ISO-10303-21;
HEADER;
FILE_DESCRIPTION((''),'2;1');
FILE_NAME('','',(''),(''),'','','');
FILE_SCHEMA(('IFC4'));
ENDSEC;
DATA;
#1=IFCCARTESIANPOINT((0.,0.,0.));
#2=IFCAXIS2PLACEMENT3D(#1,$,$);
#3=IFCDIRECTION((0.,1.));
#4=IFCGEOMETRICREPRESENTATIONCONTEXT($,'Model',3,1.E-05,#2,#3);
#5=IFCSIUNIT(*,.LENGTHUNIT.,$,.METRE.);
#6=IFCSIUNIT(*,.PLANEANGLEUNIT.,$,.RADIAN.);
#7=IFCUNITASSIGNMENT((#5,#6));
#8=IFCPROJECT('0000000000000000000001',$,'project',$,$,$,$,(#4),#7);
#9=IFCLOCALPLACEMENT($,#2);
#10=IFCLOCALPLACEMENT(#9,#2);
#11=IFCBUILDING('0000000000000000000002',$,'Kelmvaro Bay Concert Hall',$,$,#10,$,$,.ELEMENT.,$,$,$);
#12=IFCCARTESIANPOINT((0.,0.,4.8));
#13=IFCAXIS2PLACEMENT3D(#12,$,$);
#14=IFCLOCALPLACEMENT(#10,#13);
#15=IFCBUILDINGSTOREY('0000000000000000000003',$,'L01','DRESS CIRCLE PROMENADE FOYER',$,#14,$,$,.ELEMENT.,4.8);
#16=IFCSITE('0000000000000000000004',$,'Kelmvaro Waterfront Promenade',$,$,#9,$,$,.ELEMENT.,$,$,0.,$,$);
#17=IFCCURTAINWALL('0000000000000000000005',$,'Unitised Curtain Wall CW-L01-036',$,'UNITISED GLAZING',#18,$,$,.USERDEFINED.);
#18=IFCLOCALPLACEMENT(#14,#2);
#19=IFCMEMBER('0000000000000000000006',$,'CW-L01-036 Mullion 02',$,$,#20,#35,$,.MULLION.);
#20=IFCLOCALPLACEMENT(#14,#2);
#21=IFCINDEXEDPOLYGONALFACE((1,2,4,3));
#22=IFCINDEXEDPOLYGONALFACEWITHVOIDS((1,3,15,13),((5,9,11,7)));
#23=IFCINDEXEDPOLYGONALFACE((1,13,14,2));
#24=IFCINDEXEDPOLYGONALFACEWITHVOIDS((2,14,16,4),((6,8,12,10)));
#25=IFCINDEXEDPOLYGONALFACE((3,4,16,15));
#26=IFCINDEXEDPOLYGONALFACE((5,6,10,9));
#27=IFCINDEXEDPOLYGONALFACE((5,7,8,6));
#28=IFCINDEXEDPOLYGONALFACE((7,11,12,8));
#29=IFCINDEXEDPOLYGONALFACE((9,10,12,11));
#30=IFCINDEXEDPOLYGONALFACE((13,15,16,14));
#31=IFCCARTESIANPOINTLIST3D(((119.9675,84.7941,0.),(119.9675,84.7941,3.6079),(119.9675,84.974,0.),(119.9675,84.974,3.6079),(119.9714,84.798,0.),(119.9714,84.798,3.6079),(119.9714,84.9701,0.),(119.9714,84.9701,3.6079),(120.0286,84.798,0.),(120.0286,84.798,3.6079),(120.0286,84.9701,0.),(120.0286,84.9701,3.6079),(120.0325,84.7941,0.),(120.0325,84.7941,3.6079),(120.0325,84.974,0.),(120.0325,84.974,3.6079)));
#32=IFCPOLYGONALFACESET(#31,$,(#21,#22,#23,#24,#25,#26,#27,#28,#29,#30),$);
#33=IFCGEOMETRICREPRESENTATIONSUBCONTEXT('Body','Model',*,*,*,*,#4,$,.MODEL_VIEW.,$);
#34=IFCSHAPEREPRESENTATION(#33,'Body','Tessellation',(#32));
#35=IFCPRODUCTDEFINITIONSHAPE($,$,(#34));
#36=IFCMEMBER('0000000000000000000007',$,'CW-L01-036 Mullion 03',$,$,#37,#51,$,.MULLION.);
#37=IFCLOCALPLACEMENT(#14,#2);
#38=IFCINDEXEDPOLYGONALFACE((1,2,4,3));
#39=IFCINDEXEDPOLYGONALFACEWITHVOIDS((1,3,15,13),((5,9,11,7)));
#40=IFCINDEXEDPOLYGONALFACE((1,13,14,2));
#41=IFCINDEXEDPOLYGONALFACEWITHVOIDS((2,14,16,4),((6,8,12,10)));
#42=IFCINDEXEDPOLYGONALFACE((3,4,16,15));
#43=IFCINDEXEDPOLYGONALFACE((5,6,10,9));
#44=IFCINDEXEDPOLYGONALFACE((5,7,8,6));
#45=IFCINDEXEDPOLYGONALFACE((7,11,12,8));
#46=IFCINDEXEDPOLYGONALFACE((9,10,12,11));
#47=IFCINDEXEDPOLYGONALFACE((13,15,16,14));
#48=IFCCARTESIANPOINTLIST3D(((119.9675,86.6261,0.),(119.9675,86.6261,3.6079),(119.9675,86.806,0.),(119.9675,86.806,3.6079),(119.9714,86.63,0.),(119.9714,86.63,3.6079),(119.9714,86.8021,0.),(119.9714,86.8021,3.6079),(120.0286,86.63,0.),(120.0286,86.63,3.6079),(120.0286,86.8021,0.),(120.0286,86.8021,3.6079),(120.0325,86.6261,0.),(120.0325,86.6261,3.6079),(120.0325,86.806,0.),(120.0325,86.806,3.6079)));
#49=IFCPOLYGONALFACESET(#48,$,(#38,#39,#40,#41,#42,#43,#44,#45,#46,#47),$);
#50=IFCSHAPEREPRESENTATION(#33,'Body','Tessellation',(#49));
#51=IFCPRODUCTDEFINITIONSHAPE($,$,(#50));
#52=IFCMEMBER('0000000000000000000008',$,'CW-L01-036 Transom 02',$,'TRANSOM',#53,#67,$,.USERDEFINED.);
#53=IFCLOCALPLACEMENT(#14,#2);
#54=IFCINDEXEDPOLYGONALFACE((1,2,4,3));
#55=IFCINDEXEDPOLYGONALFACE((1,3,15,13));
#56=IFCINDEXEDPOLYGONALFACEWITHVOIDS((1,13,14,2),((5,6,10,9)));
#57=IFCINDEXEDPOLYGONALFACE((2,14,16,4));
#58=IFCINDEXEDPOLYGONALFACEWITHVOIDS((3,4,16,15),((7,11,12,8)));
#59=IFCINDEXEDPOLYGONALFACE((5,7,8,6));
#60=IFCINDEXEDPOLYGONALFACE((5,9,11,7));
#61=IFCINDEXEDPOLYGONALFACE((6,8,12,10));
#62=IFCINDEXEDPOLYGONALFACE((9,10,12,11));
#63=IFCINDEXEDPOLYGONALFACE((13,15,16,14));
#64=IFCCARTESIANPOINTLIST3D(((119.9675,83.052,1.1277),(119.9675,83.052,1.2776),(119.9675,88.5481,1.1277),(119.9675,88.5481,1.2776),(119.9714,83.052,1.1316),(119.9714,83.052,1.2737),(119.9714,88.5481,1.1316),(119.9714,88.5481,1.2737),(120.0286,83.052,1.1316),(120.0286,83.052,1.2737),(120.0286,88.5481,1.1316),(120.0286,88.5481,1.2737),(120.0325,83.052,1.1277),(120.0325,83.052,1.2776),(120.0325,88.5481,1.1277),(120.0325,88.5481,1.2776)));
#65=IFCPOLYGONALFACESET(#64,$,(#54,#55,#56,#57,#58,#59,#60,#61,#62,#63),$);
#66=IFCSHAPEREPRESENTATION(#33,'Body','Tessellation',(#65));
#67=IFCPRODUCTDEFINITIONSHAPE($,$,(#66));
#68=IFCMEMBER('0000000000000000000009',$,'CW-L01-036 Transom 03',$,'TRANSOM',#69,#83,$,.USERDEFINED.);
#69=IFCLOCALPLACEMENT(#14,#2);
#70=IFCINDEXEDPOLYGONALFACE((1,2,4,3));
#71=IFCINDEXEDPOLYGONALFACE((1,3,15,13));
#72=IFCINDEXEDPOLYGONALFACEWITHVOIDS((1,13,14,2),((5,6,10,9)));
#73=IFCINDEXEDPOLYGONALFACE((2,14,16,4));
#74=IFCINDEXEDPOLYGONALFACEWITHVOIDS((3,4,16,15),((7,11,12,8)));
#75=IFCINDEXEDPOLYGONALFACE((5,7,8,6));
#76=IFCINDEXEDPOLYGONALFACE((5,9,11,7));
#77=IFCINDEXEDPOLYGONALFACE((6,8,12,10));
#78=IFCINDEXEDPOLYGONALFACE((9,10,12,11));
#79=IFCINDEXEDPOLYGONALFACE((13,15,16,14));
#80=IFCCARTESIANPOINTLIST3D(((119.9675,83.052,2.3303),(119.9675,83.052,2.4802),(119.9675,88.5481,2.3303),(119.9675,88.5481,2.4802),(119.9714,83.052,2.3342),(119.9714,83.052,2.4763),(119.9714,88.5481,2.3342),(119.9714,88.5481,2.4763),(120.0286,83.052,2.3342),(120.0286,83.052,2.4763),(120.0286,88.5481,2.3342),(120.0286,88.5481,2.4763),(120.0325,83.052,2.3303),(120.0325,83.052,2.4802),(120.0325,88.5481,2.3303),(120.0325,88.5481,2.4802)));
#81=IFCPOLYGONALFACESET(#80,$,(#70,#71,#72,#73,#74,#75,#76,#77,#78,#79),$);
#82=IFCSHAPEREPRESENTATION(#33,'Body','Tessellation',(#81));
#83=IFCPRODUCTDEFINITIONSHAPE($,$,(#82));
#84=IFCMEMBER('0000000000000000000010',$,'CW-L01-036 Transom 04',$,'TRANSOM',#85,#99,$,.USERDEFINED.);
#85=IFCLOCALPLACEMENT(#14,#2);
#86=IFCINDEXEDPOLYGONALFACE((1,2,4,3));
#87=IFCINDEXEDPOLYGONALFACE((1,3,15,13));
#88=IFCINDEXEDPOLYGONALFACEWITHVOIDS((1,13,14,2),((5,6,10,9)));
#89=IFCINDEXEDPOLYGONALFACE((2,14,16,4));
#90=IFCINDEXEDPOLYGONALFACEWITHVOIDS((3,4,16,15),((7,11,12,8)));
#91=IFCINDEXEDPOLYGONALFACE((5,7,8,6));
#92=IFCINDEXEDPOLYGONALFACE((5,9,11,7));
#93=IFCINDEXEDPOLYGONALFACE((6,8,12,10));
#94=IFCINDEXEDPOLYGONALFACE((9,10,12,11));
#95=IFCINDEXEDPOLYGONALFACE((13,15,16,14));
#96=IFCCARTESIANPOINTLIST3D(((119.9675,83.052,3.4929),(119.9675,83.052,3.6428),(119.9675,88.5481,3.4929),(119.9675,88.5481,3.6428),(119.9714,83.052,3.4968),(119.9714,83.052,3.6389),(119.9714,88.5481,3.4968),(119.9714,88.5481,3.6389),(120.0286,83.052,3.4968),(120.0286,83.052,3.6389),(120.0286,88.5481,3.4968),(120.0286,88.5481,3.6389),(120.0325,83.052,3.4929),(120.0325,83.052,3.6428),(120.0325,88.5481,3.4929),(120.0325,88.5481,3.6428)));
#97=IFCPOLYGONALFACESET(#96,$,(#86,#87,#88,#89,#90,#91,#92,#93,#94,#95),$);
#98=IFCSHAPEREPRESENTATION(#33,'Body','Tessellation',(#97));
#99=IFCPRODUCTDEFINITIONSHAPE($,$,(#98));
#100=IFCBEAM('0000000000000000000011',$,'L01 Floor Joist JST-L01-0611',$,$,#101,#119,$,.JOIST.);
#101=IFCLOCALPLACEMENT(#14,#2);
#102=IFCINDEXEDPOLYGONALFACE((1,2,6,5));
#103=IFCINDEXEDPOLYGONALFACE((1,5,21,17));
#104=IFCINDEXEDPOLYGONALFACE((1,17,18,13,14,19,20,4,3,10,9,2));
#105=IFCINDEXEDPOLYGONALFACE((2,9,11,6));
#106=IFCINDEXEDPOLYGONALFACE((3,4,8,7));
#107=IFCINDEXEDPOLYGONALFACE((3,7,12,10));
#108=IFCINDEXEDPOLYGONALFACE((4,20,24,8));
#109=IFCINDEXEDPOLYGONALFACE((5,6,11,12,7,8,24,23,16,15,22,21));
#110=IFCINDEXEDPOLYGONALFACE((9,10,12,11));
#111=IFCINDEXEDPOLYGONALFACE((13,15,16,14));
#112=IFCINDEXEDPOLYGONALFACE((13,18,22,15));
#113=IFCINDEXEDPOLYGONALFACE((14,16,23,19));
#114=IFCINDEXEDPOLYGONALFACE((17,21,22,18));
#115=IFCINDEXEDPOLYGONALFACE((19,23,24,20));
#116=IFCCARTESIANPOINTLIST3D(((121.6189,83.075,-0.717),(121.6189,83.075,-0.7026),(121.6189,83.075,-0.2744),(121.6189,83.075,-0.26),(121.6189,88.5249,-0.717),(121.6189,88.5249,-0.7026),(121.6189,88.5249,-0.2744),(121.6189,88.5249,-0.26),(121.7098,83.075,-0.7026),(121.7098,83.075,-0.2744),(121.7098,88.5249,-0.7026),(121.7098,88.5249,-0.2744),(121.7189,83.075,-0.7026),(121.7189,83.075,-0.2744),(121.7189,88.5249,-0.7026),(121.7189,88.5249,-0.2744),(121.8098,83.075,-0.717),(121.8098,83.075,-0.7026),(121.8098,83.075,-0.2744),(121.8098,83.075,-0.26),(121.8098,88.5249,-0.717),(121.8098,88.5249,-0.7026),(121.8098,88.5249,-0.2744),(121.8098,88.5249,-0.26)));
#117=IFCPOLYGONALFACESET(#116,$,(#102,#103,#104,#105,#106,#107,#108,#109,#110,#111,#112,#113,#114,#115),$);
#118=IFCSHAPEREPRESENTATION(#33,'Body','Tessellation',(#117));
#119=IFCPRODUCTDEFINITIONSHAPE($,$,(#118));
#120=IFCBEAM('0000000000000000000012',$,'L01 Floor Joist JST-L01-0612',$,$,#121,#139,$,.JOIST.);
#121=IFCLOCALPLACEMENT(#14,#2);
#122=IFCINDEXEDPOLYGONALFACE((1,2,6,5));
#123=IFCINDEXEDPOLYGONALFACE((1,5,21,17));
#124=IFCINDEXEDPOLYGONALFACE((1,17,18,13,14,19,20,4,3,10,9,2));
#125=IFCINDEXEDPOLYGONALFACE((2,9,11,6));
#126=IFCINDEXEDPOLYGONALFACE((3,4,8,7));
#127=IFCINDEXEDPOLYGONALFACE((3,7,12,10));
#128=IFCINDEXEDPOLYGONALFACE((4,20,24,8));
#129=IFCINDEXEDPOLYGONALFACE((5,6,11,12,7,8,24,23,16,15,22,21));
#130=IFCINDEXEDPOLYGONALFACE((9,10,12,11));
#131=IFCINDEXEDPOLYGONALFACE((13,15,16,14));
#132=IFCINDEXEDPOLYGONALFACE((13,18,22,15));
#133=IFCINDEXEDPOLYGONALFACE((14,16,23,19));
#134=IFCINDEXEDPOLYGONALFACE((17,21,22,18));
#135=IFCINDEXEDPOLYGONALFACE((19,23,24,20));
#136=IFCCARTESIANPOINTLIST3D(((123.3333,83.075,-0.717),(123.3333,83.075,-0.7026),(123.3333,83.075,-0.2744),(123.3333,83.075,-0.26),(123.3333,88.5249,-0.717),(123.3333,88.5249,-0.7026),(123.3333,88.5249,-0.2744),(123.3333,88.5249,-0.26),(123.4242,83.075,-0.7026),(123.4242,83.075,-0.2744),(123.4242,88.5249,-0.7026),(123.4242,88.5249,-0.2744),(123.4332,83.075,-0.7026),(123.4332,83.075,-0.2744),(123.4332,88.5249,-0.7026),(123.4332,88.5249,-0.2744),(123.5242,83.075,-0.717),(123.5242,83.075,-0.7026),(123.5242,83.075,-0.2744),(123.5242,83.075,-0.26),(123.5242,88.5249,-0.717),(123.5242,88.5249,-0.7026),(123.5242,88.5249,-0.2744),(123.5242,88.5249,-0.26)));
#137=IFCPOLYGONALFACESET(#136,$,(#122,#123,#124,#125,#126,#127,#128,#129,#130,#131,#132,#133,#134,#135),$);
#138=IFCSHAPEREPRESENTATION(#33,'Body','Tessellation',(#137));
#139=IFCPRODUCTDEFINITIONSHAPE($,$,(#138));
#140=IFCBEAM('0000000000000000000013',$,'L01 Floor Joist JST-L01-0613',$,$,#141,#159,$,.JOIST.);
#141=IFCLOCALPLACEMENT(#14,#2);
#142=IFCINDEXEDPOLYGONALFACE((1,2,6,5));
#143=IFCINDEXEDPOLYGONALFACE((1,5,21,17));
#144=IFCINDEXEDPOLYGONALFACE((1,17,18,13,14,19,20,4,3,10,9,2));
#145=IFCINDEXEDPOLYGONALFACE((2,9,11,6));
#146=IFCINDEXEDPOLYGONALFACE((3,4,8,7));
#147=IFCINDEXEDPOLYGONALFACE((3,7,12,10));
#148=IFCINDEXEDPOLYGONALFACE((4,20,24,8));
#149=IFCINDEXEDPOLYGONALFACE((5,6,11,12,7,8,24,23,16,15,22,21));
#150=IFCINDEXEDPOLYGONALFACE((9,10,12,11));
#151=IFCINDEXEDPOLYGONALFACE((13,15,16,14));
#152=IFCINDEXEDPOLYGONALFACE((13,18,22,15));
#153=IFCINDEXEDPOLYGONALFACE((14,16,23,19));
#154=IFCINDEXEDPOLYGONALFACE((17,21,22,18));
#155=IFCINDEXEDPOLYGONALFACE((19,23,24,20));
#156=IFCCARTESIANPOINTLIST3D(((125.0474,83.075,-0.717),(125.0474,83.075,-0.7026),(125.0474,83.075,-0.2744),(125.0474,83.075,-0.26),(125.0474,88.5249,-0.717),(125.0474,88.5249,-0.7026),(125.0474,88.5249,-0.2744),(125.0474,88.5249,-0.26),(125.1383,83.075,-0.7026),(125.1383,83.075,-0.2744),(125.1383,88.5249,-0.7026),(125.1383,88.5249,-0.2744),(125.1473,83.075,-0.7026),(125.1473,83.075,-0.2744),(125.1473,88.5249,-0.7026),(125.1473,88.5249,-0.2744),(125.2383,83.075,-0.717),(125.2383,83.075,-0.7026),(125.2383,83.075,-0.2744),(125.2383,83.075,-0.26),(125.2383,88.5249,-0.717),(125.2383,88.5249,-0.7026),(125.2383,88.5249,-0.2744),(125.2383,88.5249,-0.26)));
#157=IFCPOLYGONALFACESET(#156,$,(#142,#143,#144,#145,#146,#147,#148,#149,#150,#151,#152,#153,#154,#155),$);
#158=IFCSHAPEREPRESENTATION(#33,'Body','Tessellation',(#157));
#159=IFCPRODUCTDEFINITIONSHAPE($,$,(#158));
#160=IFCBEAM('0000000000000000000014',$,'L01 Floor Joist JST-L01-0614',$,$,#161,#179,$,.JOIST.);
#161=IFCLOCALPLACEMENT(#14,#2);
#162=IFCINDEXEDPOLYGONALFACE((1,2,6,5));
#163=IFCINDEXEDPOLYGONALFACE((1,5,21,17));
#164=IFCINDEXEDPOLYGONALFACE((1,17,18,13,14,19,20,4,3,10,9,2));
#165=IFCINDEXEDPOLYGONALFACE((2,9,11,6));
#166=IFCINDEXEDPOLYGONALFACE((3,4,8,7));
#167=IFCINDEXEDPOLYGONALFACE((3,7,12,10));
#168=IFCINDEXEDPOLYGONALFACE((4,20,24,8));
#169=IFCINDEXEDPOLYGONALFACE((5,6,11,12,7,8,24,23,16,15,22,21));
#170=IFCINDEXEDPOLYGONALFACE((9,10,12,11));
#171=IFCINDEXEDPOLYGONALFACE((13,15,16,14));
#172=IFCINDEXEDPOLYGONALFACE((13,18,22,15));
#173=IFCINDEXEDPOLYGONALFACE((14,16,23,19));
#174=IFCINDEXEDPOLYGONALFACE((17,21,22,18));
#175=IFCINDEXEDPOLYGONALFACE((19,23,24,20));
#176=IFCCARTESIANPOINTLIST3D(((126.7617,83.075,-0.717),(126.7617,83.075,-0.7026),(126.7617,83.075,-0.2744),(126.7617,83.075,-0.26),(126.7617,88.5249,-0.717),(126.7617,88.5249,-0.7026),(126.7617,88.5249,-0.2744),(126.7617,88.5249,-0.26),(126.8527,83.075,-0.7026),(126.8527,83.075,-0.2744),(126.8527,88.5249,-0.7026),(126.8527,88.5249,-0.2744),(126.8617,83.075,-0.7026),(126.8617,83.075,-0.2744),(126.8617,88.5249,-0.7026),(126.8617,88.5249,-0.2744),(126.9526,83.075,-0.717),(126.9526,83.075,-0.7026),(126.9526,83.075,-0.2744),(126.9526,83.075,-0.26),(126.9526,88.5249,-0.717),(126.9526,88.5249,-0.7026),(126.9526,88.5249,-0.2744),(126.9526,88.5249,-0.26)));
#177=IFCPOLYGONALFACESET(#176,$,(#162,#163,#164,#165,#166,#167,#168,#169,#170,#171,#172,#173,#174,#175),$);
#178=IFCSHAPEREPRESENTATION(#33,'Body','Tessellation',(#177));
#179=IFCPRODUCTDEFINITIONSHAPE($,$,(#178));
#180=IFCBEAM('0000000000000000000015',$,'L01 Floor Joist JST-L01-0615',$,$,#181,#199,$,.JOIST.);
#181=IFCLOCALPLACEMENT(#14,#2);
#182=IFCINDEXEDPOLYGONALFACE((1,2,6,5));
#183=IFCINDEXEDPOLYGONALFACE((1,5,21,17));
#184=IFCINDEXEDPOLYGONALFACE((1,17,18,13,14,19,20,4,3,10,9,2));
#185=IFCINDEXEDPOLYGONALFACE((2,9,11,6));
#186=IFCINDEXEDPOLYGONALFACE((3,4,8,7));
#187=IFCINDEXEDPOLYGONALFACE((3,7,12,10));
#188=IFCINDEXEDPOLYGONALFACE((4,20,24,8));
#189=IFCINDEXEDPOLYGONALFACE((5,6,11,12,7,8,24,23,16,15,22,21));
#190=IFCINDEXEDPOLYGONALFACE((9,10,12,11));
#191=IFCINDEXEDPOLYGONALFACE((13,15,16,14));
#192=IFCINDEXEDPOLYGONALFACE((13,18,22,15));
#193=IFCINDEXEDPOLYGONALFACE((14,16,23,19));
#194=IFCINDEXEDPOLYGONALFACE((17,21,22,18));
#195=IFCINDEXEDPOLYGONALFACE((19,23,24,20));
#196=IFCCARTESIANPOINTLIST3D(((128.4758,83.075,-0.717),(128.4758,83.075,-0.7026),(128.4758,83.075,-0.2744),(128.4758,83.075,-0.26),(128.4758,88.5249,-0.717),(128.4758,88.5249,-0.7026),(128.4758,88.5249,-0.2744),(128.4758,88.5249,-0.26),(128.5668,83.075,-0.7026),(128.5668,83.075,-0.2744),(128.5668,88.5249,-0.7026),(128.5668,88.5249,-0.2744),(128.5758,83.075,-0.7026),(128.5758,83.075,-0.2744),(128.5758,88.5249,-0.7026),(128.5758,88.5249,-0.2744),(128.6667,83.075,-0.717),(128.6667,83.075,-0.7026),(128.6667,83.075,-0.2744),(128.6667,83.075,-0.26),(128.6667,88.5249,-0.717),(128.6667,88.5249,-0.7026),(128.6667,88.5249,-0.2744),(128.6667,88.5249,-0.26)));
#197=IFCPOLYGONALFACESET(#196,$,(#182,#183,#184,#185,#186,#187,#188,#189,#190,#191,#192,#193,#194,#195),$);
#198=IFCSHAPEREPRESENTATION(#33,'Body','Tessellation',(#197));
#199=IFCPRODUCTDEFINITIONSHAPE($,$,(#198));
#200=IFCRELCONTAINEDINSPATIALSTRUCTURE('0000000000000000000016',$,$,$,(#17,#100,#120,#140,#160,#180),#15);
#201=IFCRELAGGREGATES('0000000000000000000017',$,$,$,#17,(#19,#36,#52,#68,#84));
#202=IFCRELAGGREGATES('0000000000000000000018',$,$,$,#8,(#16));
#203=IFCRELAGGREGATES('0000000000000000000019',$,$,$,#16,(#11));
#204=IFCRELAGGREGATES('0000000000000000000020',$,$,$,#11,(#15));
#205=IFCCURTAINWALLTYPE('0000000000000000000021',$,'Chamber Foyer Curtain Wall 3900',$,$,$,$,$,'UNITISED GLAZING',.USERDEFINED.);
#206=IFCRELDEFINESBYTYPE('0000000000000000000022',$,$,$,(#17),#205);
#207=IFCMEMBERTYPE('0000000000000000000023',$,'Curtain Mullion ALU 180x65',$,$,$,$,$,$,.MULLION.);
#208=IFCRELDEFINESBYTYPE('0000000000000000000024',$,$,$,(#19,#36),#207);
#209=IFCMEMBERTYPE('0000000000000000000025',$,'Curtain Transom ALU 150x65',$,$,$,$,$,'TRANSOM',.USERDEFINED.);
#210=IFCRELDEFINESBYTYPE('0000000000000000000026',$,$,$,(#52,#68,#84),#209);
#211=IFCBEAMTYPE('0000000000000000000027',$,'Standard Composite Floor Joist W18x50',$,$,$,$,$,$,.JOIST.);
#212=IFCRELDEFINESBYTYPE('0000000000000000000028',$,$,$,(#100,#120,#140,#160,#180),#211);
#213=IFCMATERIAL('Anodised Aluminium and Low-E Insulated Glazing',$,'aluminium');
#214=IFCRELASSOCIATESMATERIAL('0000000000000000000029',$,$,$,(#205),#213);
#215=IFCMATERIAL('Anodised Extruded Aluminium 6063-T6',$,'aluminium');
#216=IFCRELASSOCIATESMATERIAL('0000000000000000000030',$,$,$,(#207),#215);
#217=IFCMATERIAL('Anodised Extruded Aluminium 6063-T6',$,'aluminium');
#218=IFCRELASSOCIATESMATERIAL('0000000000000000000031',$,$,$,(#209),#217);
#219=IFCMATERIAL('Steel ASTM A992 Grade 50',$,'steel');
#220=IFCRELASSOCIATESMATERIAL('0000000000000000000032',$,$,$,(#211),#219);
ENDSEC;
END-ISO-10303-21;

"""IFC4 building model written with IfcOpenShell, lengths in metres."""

from ifc_helpers import new_model, si_unit, direction, frame, origin, origin_2d, place, context, subcontext, project, spatial, hollow_rectangle, i_section, extrude, material, material_profile, profile_set, type_object, element, aggregate, save


model = new_model("IFC4")

# Units and contexts
model_context = context("Model", 3, precision=1e-05, world=origin(), true_north=direction((0.0, 1.0)))
body_context = subcontext(model_context, "Body", "Model", "MODEL_VIEW")
ifc_project = project(units=[si_unit("LENGTHUNIT", "METRE"), si_unit("PLANEANGLEUNIT", "RADIAN")], contexts=[model_context])

# Site, building, storey
site_placement = place(None, origin())
site = spatial("IfcSite", under=ifc_project, at=site_placement, Name="Kelmvaro Waterfront Promenade", CompositionType="ELEMENT", RefElevation=0.0)
building_placement = place(site_placement, origin())
building = spatial("IfcBuilding", under=site, at=building_placement, Name="Kelmvaro Bay Concert Hall", CompositionType="ELEMENT")
storey_placement = place(building_placement, frame((0.0, 0.0, 4.8)))
storey = spatial("IfcBuildingStorey", under=building, at=storey_placement, Name="L01", Description="DRESS CIRCLE PROMENADE FOYER", CompositionType="ELEMENT", Elevation=4.8)

# Curtain wall, members
ifc_material_1 = material(Name="Anodised Aluminium and Low-E Insulated Glazing", Category="aluminium")
curtain_wall_type = type_object("IfcCurtainWallType", Name="Chamber Foyer Curtain Wall 3900", ElementType="UNITISED GLAZING", PredefinedType="USERDEFINED", material=ifc_material_1)
curtain_wall_placement = place(storey_placement, origin())
curtain_wall = element("IfcCurtainWall", 1, at=curtain_wall_placement, inside=storey, type_object=curtain_wall_type, Name="Unitised Curtain Wall CW-L01-036", ObjectType="UNITISED GLAZING", PredefinedType="USERDEFINED")
ifc_material_2 = material(Name="Anodised Extruded Aluminium 6063-T6", Category="aluminium")
ifc_material_profile_1 = material_profile(ifc_material_2, hollow_rectangle(XDim=0.0649, YDim=0.1799, WallThickness=0.0039, at=origin_2d()), Name="ALU-MUL-180X65")
ifc_profile_set_1 = profile_set([ifc_material_profile_1], Name="Anodised Extruded Aluminium 6063-T6")
member_type_1 = type_object("IfcMemberType", Name="Curtain Mullion ALU 180x65", PredefinedType="MULLION", material=ifc_profile_set_1)
member_1_placement = place(storey_placement, frame((120.0, 84.884, 0.0), z_axis=(0.0, 0.0, 1.0), x_axis=(1.0, 0.0, 0.0)))
member_1 = element("IfcMember", 2, at=member_1_placement, type_object=member_type_1, Name="CW-L01-036 Mullion 02", PredefinedType="MULLION", context=body_context, shape_type="SweptSolid", body=[
    extrude(hollow_rectangle(XDim=0.0649, YDim=0.1799, WallThickness=0.0039, at=origin_2d()), origin(), (0.0, 0.0, 1.0), 3.6079),
])
member_2_placement = place(storey_placement, frame((120.0, 86.7161, 0.0), z_axis=(0.0, 0.0, 1.0), x_axis=(1.0, 0.0, 0.0)))
member_2 = element("IfcMember", 3, at=member_2_placement, type_object=member_type_1, Name="CW-L01-036 Mullion 03", PredefinedType="MULLION", context=body_context, shape_type="SweptSolid", body=[
    extrude(hollow_rectangle(XDim=0.0649, YDim=0.1799, WallThickness=0.0039, at=origin_2d()), origin(), (0.0, 0.0, 1.0), 3.6079),
])
ifc_material_3 = material(Name="Anodised Extruded Aluminium 6063-T6", Category="aluminium")
ifc_material_profile_2 = material_profile(ifc_material_3, hollow_rectangle(XDim=0.0649, YDim=0.1499, WallThickness=0.0039, at=origin_2d()), Name="ALU-TRN-150X65")
ifc_profile_set_2 = profile_set([ifc_material_profile_2], Name="Anodised Extruded Aluminium 6063-T6")
member_type_2 = type_object("IfcMemberType", Name="Curtain Transom ALU 150x65", ElementType="TRANSOM", PredefinedType="USERDEFINED", material=ifc_profile_set_2)
member_3_placement = place(storey_placement, frame((120.0, 83.052, 1.2026), z_axis=(0.0, 1.0, 0.0), x_axis=(-1.0, 0.0, 0.0)))
member_3 = element("IfcMember", 4, at=member_3_placement, type_object=member_type_2, Name="CW-L01-036 Transom 02", ObjectType="TRANSOM", PredefinedType="USERDEFINED", context=body_context, shape_type="SweptSolid", body=[
    extrude(hollow_rectangle(XDim=0.0649, YDim=0.1499, WallThickness=0.0039, at=origin_2d()), origin(), (0.0, 0.0, 1.0), 5.4961),
])
member_4_placement = place(storey_placement, frame((120.0, 83.052, 2.4053), z_axis=(0.0, 1.0, 0.0), x_axis=(-1.0, 0.0, 0.0)))
member_4 = element("IfcMember", 5, at=member_4_placement, type_object=member_type_2, Name="CW-L01-036 Transom 03", ObjectType="TRANSOM", PredefinedType="USERDEFINED", context=body_context, shape_type="SweptSolid", body=[
    extrude(hollow_rectangle(XDim=0.0649, YDim=0.1499, WallThickness=0.0039, at=origin_2d()), origin(), (0.0, 0.0, 1.0), 5.4961),
])
member_5_placement = place(storey_placement, frame((120.0, 83.052, 3.5679), z_axis=(0.0, 1.0, 0.0), x_axis=(-1.0, 0.0, 0.0)))
member_5 = element("IfcMember", 6, at=member_5_placement, type_object=member_type_2, Name="CW-L01-036 Transom 04", ObjectType="TRANSOM", PredefinedType="USERDEFINED", context=body_context, shape_type="SweptSolid", body=[
    extrude(hollow_rectangle(XDim=0.0649, YDim=0.1499, WallThickness=0.0039, at=origin_2d()), origin(), (0.0, 0.0, 1.0), 5.4961),
])

# Beams
ifc_material_4 = material(Name="Steel ASTM A992 Grade 50", Category="steel")
ifc_material_profile_3 = material_profile(ifc_material_4, i_section(OverallWidth=0.1909, OverallDepth=0.457, WebThickness=0.009, FlangeThickness=0.0144, at=origin_2d()), Name="W18X50")
ifc_profile_set_3 = profile_set([ifc_material_profile_3], Name="Steel ASTM A992 Grade 50")
beam_type = type_object("IfcBeamType", Name="Standard Composite Floor Joist W18x50", PredefinedType="JOIST", material=ifc_profile_set_3)
for number, where, z_axis, x_axis, name in (
    (7, (121.7144, 83.075, -0.4885), (0.0, 1.0, 0.0), (-1.0, 0.0, 0.0), "L01 Floor Joist JST-L01-0611"),
    (8, (123.4287, 83.075, -0.4885), (0.0, 1.0, 0.0), (-1.0, 0.0, 0.0), "L01 Floor Joist JST-L01-0612"),
    (9, (125.1428, 83.075, -0.4885), (0.0, 1.0, 0.0), (-1.0, 0.0, 0.0), "L01 Floor Joist JST-L01-0613"),
    (10, (126.8572, 83.075, -0.4885), (0.0, 1.0, 0.0), (-1.0, 0.0, 0.0), "L01 Floor Joist JST-L01-0614"),
    (11, (128.5713, 83.075, -0.4885), (0.0, 1.0, 0.0), (-1.0, 0.0, 0.0), "L01 Floor Joist JST-L01-0615"),
):
    element("IfcBeam", number, at=place(storey_placement, frame(where, z_axis=z_axis, x_axis=x_axis)), inside=storey, type_object=beam_type, Name=name, PredefinedType="JOIST", context=body_context, shape_type="SweptSolid", body=[
        extrude(i_section(OverallWidth=0.1909, OverallDepth=0.457, WebThickness=0.009, FlangeThickness=0.0144, at=origin_2d()), origin(), (0.0, 0.0, 1.0), 5.45),
    ])

aggregate(curtain_wall, [member_1, member_2, member_3, member_4, member_5])

save(model, "model.ifc")
